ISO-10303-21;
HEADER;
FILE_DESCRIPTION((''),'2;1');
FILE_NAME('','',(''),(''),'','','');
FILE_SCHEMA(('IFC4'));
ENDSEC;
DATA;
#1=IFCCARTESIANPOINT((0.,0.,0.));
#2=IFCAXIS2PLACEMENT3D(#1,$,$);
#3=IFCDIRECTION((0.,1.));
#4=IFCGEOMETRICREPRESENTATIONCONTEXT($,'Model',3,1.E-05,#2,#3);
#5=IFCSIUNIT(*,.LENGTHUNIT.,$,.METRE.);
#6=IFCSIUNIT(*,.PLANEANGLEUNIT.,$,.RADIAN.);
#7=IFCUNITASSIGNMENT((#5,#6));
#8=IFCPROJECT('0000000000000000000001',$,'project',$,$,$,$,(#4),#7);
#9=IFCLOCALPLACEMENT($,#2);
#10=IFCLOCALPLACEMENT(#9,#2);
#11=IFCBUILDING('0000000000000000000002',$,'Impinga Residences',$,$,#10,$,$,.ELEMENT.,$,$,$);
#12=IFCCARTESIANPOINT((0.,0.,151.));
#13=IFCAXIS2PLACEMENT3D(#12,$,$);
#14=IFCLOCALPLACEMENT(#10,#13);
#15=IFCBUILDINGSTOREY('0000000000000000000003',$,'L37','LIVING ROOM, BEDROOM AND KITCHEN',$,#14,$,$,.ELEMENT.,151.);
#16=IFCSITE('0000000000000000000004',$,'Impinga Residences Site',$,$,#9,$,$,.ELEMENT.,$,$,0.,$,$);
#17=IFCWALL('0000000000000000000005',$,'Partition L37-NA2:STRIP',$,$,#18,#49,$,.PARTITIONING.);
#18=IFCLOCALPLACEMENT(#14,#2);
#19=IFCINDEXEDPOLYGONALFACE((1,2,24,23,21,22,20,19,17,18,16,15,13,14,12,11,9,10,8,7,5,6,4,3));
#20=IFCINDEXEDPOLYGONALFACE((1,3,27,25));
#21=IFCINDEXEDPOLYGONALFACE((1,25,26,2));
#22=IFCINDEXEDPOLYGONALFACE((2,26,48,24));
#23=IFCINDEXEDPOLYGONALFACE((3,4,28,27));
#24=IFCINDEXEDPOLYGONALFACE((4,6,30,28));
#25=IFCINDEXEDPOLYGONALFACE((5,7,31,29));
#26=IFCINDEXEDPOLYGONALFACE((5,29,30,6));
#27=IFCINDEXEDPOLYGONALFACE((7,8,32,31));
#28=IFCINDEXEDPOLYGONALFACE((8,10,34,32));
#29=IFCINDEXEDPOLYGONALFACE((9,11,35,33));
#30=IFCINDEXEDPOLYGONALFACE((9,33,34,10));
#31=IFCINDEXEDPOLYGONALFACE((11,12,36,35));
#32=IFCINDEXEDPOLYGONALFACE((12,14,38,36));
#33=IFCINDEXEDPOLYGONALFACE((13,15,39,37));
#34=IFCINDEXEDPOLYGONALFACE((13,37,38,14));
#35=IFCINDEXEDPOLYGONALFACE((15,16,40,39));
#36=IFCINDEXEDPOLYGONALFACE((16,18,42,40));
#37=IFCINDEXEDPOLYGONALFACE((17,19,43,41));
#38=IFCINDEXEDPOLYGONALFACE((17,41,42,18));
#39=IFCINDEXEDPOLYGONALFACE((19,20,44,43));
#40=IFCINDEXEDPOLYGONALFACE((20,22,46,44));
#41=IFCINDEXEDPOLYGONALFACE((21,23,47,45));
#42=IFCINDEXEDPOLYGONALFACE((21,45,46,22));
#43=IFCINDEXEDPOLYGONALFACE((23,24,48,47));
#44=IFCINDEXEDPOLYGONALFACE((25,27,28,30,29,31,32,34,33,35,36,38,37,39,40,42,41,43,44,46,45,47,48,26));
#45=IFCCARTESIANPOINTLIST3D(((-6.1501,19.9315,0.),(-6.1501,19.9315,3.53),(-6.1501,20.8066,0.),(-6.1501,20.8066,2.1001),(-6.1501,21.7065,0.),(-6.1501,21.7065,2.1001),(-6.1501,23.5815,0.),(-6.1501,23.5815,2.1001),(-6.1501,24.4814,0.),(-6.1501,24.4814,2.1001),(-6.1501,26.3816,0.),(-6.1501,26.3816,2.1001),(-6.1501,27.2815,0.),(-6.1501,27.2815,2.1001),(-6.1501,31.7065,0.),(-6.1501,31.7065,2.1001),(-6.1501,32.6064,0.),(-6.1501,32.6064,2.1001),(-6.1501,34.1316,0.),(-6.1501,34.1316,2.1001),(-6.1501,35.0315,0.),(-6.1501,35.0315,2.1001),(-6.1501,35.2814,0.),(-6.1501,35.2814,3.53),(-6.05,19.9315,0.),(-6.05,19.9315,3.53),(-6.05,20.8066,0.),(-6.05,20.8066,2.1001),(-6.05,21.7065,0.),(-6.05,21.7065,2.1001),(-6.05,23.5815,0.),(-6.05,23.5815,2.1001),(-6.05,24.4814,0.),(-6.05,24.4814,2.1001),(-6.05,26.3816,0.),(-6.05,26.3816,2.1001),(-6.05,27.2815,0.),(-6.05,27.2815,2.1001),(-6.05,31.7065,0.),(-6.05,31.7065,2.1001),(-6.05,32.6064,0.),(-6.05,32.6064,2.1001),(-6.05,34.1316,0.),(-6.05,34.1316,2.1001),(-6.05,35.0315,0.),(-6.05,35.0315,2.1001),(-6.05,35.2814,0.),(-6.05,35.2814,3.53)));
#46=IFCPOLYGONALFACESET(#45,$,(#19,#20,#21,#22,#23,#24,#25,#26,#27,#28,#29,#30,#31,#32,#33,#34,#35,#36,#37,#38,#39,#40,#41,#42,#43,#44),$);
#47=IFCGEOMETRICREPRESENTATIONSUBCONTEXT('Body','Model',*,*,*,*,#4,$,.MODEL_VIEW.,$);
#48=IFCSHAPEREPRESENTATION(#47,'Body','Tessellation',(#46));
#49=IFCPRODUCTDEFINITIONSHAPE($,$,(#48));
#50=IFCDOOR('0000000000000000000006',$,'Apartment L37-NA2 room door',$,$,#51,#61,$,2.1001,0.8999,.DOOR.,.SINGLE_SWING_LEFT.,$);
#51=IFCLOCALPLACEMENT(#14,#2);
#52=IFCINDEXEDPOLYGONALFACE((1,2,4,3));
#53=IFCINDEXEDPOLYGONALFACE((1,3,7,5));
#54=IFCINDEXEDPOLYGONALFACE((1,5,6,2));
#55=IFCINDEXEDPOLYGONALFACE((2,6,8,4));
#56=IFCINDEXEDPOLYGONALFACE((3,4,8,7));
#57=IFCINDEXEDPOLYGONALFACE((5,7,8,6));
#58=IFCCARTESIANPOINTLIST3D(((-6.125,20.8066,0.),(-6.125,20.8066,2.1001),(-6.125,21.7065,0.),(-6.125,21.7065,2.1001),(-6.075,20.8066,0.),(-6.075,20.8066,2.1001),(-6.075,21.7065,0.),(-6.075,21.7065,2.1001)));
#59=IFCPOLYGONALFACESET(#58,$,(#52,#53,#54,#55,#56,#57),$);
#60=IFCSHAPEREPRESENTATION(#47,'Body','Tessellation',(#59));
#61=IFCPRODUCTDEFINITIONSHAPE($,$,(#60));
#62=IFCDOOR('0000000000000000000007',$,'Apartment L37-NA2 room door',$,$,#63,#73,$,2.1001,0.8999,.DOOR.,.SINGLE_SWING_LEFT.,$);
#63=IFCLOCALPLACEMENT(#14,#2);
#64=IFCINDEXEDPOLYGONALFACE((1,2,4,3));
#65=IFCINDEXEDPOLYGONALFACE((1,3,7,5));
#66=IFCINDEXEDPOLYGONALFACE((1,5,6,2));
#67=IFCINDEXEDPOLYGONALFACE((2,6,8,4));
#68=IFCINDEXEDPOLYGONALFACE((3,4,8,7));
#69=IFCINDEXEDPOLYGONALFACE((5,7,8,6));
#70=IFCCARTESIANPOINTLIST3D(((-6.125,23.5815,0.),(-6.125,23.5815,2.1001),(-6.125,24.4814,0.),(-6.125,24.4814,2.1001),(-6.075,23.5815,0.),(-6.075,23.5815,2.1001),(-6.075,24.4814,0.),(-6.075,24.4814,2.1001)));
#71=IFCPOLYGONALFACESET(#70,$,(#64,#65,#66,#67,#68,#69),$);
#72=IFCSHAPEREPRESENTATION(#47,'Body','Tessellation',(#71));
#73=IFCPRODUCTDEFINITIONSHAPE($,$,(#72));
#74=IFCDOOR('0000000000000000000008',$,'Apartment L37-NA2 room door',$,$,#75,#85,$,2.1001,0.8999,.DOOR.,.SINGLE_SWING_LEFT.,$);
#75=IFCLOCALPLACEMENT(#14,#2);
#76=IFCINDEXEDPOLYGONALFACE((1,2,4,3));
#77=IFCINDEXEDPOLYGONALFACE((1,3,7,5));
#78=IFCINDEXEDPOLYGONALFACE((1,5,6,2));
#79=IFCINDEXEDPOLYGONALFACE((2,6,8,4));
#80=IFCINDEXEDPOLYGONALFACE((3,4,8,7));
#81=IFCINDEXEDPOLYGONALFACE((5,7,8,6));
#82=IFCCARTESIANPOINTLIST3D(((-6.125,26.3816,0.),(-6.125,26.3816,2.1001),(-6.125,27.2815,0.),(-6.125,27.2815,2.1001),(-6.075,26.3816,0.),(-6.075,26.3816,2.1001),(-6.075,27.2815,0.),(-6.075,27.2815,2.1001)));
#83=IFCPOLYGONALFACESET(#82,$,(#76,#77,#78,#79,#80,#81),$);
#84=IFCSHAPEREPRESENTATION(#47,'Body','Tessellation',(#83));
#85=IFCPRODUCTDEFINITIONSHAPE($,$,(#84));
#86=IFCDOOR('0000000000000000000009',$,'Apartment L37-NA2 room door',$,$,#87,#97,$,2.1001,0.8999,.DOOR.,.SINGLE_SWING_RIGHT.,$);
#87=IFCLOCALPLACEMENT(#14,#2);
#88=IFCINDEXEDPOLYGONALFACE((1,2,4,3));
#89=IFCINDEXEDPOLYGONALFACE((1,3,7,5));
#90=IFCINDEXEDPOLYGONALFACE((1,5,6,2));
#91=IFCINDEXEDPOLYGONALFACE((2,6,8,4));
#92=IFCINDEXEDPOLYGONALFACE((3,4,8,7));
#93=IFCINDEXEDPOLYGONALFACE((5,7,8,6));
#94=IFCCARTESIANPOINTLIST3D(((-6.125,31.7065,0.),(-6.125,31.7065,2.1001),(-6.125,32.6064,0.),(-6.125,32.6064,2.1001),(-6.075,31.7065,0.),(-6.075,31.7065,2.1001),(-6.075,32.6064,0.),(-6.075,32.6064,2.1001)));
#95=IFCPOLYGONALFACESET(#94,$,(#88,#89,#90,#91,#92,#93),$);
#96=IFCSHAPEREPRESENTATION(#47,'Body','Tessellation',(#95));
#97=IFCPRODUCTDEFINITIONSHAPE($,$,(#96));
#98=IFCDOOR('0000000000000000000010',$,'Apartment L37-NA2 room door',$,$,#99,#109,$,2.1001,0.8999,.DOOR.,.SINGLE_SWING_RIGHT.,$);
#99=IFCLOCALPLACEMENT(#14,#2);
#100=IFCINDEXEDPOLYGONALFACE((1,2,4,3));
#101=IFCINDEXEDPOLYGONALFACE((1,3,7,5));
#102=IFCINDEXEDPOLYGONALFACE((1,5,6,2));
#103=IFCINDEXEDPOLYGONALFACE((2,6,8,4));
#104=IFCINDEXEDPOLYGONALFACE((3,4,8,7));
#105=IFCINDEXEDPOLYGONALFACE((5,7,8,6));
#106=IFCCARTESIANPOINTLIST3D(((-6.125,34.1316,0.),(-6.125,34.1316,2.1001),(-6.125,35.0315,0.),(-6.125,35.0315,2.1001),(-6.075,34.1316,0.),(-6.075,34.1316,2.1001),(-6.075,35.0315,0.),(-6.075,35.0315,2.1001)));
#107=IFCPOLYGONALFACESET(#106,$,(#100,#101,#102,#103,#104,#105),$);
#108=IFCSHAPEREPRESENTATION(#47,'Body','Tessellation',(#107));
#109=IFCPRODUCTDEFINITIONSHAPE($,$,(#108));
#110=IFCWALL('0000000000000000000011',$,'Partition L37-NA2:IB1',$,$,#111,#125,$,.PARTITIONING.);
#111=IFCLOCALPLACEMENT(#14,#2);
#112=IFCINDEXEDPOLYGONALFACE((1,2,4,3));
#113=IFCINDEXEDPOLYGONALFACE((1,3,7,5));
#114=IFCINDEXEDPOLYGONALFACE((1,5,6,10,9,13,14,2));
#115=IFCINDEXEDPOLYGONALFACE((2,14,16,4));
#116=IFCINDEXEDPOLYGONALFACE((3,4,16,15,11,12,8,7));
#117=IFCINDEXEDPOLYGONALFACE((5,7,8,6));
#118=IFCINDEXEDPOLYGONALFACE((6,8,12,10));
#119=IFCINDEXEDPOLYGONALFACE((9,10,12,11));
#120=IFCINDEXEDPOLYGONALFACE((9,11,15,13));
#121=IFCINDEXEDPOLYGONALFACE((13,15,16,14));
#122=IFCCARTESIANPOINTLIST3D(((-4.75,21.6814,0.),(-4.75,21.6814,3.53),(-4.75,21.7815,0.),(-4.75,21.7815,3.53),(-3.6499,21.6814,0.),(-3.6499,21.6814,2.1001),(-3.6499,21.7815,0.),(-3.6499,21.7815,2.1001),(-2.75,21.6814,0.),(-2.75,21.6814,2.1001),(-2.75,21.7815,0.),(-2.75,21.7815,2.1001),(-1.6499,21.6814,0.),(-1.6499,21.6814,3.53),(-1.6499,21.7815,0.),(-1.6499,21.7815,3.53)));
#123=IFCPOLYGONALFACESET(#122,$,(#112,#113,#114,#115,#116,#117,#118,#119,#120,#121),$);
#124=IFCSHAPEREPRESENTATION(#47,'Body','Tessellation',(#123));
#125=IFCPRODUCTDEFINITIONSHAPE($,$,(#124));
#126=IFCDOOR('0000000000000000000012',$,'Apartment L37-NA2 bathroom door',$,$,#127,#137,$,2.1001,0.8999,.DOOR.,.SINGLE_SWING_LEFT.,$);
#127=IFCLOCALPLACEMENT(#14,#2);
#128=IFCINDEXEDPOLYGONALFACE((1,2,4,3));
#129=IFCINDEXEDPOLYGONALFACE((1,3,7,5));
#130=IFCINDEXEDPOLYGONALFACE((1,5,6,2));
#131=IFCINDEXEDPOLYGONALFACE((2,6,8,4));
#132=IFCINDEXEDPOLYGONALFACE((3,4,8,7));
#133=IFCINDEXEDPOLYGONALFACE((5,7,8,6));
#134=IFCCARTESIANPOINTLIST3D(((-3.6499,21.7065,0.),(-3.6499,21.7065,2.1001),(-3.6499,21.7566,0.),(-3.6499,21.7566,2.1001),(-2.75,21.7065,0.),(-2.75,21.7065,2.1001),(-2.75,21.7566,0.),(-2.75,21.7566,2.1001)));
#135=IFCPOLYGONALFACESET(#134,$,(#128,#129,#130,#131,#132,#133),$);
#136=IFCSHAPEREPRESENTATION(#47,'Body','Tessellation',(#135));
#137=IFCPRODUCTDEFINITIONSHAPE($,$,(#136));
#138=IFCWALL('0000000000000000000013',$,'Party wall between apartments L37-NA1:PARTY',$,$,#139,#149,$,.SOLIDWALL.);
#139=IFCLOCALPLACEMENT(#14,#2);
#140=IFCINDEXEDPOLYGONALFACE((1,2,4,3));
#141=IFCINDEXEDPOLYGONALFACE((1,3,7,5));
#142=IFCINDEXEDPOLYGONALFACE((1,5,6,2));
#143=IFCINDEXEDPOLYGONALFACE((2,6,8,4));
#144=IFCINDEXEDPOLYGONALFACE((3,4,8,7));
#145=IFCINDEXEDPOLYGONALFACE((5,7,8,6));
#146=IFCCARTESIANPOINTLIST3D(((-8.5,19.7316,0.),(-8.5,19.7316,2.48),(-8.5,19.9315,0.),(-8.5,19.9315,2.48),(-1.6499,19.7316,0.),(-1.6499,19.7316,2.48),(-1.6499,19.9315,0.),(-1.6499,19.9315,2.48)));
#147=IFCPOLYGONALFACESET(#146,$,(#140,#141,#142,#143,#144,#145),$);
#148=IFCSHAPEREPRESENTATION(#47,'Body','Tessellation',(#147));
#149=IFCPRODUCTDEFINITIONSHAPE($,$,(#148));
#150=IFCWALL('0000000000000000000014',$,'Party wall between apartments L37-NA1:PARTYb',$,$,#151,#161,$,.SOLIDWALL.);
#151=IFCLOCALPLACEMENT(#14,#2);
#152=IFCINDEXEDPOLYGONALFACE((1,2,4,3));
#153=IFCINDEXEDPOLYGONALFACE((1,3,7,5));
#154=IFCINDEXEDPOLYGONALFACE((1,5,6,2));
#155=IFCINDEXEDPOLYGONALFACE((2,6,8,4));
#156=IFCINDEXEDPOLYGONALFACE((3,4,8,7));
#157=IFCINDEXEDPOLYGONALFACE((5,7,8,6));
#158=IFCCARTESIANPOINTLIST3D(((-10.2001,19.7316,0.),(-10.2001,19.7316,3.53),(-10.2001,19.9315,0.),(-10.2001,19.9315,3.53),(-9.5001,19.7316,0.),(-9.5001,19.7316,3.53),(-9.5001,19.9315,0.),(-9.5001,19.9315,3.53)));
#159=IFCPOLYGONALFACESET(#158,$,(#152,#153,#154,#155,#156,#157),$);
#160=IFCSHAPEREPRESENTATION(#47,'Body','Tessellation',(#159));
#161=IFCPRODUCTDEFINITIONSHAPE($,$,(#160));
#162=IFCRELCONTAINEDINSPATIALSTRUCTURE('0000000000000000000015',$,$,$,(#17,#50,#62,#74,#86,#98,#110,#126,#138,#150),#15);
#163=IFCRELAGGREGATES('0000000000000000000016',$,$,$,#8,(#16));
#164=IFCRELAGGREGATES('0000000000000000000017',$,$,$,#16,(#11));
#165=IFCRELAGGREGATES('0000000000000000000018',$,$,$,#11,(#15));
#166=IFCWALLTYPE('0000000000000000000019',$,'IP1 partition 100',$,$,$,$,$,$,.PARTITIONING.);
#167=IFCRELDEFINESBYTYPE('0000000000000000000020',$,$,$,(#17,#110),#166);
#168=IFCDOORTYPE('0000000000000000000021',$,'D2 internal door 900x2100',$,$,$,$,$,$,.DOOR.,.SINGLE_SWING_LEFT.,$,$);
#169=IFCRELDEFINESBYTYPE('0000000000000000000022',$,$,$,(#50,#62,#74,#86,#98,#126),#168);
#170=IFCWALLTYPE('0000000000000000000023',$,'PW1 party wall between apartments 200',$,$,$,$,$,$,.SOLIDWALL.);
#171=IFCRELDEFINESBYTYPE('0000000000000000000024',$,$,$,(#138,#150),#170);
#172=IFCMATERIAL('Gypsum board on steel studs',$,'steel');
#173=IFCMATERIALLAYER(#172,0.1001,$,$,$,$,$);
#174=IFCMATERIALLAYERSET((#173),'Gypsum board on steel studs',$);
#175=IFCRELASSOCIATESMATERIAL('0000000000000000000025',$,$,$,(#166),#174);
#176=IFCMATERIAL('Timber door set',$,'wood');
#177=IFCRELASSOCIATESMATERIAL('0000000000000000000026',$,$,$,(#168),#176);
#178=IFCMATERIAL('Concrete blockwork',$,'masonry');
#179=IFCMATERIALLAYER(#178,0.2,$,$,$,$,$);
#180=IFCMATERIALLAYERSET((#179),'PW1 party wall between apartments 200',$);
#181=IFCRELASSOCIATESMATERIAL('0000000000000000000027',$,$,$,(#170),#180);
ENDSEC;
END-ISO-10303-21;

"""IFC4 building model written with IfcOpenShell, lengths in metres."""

from ifc_helpers import new_model, si_unit, direction, frame, frame_2d, origin, place, context, subcontext, project, spatial, rectangle, extrude, material, layer, layer_set, type_object, element, fill, save


model = new_model("IFC4")

# Units and contexts
model_context = context("Model", 3, precision=1e-05, world=origin(), true_north=direction((0.0, 1.0)))
body_context = subcontext(model_context, "Body", "Model", "MODEL_VIEW")
ifc_project = project(units=[si_unit("LENGTHUNIT", "METRE"), si_unit("PLANEANGLEUNIT", "RADIAN")], contexts=[model_context])

# Site, building, storey
site_placement = place(None, origin())
site = spatial("IfcSite", under=ifc_project, at=site_placement, Name="Impinga Residences Site", CompositionType="ELEMENT", RefElevation=0.0)
building_placement = place(site_placement, origin())
building = spatial("IfcBuilding", under=site, at=building_placement, Name="Impinga Residences", CompositionType="ELEMENT")
storey_placement = place(building_placement, frame((0.0, 0.0, 151.0)))
storey = spatial("IfcBuildingStorey", under=building, at=storey_placement, Name="L37", Description="LIVING ROOM, BEDROOM AND KITCHEN", CompositionType="ELEMENT", Elevation=151.0)

# Shared definitions
ifc_material_1 = material(Name="Gypsum board on steel studs", Category="steel")
ifc_layer_1 = layer(ifc_material_1, 0.1001)
ifc_layer_set_1 = layer_set([ifc_layer_1], Name="Gypsum board on steel studs")
wall_type_1 = type_object("IfcWallType", Name="IP1 partition 100", PredefinedType="PARTITIONING", material=ifc_layer_set_1)

# Shared definitions
ifc_material_2 = material(Name="Timber door set", Category="wood")
door_type = type_object("IfcDoorType", Name="D2 internal door 900x2100", OperationType="SINGLE_SWING_LEFT", PredefinedType="DOOR", material=ifc_material_2)

# Wall, openings, doors
wall_1_placement = place(storey_placement, frame((-6.1001, 19.9316, 0.0), z_axis=(0.0, 0.0, 1.0), x_axis=(0.0, 1.0, 0.0)))
wall_1 = element("IfcWall", 1, at=wall_1_placement, inside=storey, type_object=wall_type_1, Name="Partition L37-NA2:STRIP", PredefinedType="PARTITIONING", context=body_context, shape_type="SweptSolid", body=[
    extrude(rectangle(XDim=15.3499, YDim=0.1001, at=frame_2d((7.6748, 0.0))), origin(), (0.0, 0.0, 1.0), 3.53),
])
opening_1_placement = place(wall_1_placement, frame((0.875, 0.0, 0.0)))
opening_1 = element("IfcOpeningElement", 2, at=opening_1_placement, cuts=wall_1, PredefinedType="OPENING", context=body_context, shape_type="SweptSolid", body=[
    extrude(rectangle(XDim=0.8999, YDim=2.1001, at=frame_2d((0.45, 1.05))), frame((0.0, 0.0601, 0.0), z_axis=(0.0, -1.0, 0.0), x_axis=(1.0, 0.0, 0.0)), (0.0, 0.0, 1.0), 0.1201),
])
opening_2_placement = place(wall_1_placement, frame((3.6499, 0.0, 0.0)))
opening_2 = element("IfcOpeningElement", 3, at=opening_2_placement, cuts=wall_1, PredefinedType="OPENING", context=body_context, shape_type="SweptSolid", body=[
    extrude(rectangle(XDim=0.8999, YDim=2.1001, at=frame_2d((0.45, 1.05))), frame((0.0, 0.0601, 0.0), z_axis=(0.0, -1.0, 0.0), x_axis=(1.0, 0.0, 0.0)), (0.0, 0.0, 1.0), 0.1201),
])
opening_3_placement = place(wall_1_placement, frame((6.45, 0.0, 0.0)))
opening_3 = element("IfcOpeningElement", 4, at=opening_3_placement, cuts=wall_1, PredefinedType="OPENING", context=body_context, shape_type="SweptSolid", body=[
    extrude(rectangle(XDim=0.8999, YDim=2.1001, at=frame_2d((0.45, 1.05))), frame((0.0, 0.0601, 0.0), z_axis=(0.0, -1.0, 0.0), x_axis=(1.0, 0.0, 0.0)), (0.0, 0.0, 1.0), 0.1201),
])
opening_4_placement = place(wall_1_placement, frame((11.7749, 0.0, 0.0)))
opening_4 = element("IfcOpeningElement", 5, at=opening_4_placement, cuts=wall_1, PredefinedType="OPENING", context=body_context, shape_type="SweptSolid", body=[
    extrude(rectangle(XDim=0.8999, YDim=2.1001, at=frame_2d((0.45, 1.05))), frame((0.0, 0.0601, 0.0), z_axis=(0.0, -1.0, 0.0), x_axis=(1.0, 0.0, 0.0)), (0.0, 0.0, 1.0), 0.1201),
])
opening_5_placement = place(wall_1_placement, frame((14.2, 0.0, 0.0)))
opening_5 = element("IfcOpeningElement", 6, at=opening_5_placement, cuts=wall_1, PredefinedType="OPENING", context=body_context, shape_type="SweptSolid", body=[
    extrude(rectangle(XDim=0.8999, YDim=2.1001, at=frame_2d((0.45, 1.05))), frame((0.0, 0.0601, 0.0), z_axis=(0.0, -1.0, 0.0), x_axis=(1.0, 0.0, 0.0)), (0.0, 0.0, 1.0), 0.1201),
])
door_1_placement = place(opening_1_placement, origin())
door_1 = element("IfcDoor", 7, at=door_1_placement, inside=storey, type_object=door_type, Name="Apartment L37-NA2 room door", OperationType="SINGLE_SWING_LEFT", OverallHeight=2.1001, OverallWidth=0.8999, PredefinedType="DOOR", context=body_context, shape_type="SweptSolid", body=[
    extrude(rectangle(XDim=0.8999, YDim=2.1001, at=frame_2d((0.45, 1.05))), frame((0.0, 0.0249, 0.0), z_axis=(0.0, -1.0, 0.0), x_axis=(1.0, 0.0, 0.0)), (0.0, 0.0, 1.0), 0.05),
])
fill(opening_1, door_1)
door_2_placement = place(opening_2_placement, origin())
door_2 = element("IfcDoor", 8, at=door_2_placement, inside=storey, type_object=door_type, Name="Apartment L37-NA2 room door", OperationType="SINGLE_SWING_LEFT", OverallHeight=2.1001, OverallWidth=0.8999, PredefinedType="DOOR", context=body_context, shape_type="SweptSolid", body=[
    extrude(rectangle(XDim=0.8999, YDim=2.1001, at=frame_2d((0.45, 1.05))), frame((0.0, 0.0249, 0.0), z_axis=(0.0, -1.0, 0.0), x_axis=(1.0, 0.0, 0.0)), (0.0, 0.0, 1.0), 0.05),
])
fill(opening_2, door_2)
door_3_placement = place(opening_3_placement, origin())
door_3 = element("IfcDoor", 9, at=door_3_placement, inside=storey, type_object=door_type, Name="Apartment L37-NA2 room door", OperationType="SINGLE_SWING_LEFT", OverallHeight=2.1001, OverallWidth=0.8999, PredefinedType="DOOR", context=body_context, shape_type="SweptSolid", body=[
    extrude(rectangle(XDim=0.8999, YDim=2.1001, at=frame_2d((0.45, 1.05))), frame((0.0, 0.0249, 0.0), z_axis=(0.0, -1.0, 0.0), x_axis=(1.0, 0.0, 0.0)), (0.0, 0.0, 1.0), 0.05),
])
fill(opening_3, door_3)
door_4_placement = place(opening_4_placement, origin())
door_4 = element("IfcDoor", 10, at=door_4_placement, inside=storey, type_object=door_type, Name="Apartment L37-NA2 room door", OperationType="SINGLE_SWING_RIGHT", OverallHeight=2.1001, OverallWidth=0.8999, PredefinedType="DOOR", context=body_context, shape_type="SweptSolid", body=[
    extrude(rectangle(XDim=0.8999, YDim=2.1001, at=frame_2d((0.45, 1.05))), frame((0.0, 0.0249, 0.0), z_axis=(0.0, -1.0, 0.0), x_axis=(1.0, 0.0, 0.0)), (0.0, 0.0, 1.0), 0.05),
])
fill(opening_4, door_4)
door_5_placement = place(opening_5_placement, origin())
door_5 = element("IfcDoor", 11, at=door_5_placement, inside=storey, type_object=door_type, Name="Apartment L37-NA2 room door", OperationType="SINGLE_SWING_RIGHT", OverallHeight=2.1001, OverallWidth=0.8999, PredefinedType="DOOR", context=body_context, shape_type="SweptSolid", body=[
    extrude(rectangle(XDim=0.8999, YDim=2.1001, at=frame_2d((0.45, 1.05))), frame((0.0, 0.0249, 0.0), z_axis=(0.0, -1.0, 0.0), x_axis=(1.0, 0.0, 0.0)), (0.0, 0.0, 1.0), 0.05),
])
fill(opening_5, door_5)

# Wall, opening, door
wall_2_placement = place(storey_placement, frame((-1.6499, 21.7314, 0.0), z_axis=(0.0, 0.0, 1.0), x_axis=(-1.0, 0.0, 0.0)))
wall_2 = element("IfcWall", 12, at=wall_2_placement, inside=storey, type_object=wall_type_1, Name="Partition L37-NA2:IB1", PredefinedType="PARTITIONING", context=body_context, shape_type="SweptSolid", body=[
    extrude(rectangle(XDim=3.1001, YDim=0.1001, at=frame_2d((1.55, 0.0))), origin(), (0.0, 0.0, 1.0), 3.53),
])
opening_6_placement = place(wall_2_placement, frame((1.1001, 0.0, 0.0)))
opening_6 = element("IfcOpeningElement", 13, at=opening_6_placement, cuts=wall_2, PredefinedType="OPENING", context=body_context, shape_type="SweptSolid", body=[
    extrude(rectangle(XDim=0.8999, YDim=2.1001, at=frame_2d((0.45, 1.05))), frame((0.0, 0.0601, 0.0), z_axis=(0.0, -1.0, 0.0), x_axis=(1.0, 0.0, 0.0)), (0.0, 0.0, 1.0), 0.1201),
])
door_6_placement = place(opening_6_placement, origin())
door_6 = element("IfcDoor", 14, at=door_6_placement, inside=storey, type_object=door_type, Name="Apartment L37-NA2 bathroom door", OperationType="SINGLE_SWING_LEFT", OverallHeight=2.1001, OverallWidth=0.8999, PredefinedType="DOOR", context=body_context, shape_type="SweptSolid", body=[
    extrude(rectangle(XDim=0.8999, YDim=2.1001, at=frame_2d((0.45, 1.05))), frame((0.0, 0.0249, 0.0), z_axis=(0.0, -1.0, 0.0), x_axis=(1.0, 0.0, 0.0)), (0.0, 0.0, 1.0), 0.05),
])
fill(opening_6, door_6)

# Walls
ifc_material_3 = material(Name="Concrete blockwork", Category="masonry")
ifc_layer_2 = layer(ifc_material_3, 0.2)
ifc_layer_set_2 = layer_set([ifc_layer_2], Name="PW1 party wall between apartments 200")
wall_type_2 = type_object("IfcWallType", Name="PW1 party wall between apartments 200", PredefinedType="SOLIDWALL", material=ifc_layer_set_2)
wall_3_placement = place(storey_placement, frame((-1.6499, 19.8315, 0.0), z_axis=(0.0, 0.0, 1.0), x_axis=(-1.0, 0.0, 0.0)))
element("IfcWall", 15, at=wall_3_placement, inside=storey, type_object=wall_type_2, Name="Party wall between apartments L37-NA1:PARTY", PredefinedType="SOLIDWALL", context=body_context, shape_type="SweptSolid", body=[
    extrude(rectangle(XDim=6.8501, YDim=0.2, at=frame_2d((3.425, 0.0))), origin(), (0.0, 0.0, 1.0), 2.48),
])
wall_4_placement = place(storey_placement, frame((-9.5, 19.8315, 0.0), z_axis=(0.0, 0.0, 1.0), x_axis=(-1.0, 0.0, 0.0)))
element("IfcWall", 16, at=wall_4_placement, inside=storey, type_object=wall_type_2, Name="Party wall between apartments L37-NA1:PARTYb", PredefinedType="SOLIDWALL", context=body_context, shape_type="SweptSolid", body=[
    extrude(rectangle(XDim=0.7, YDim=0.2, at=frame_2d((0.3501, 0.0))), origin(), (0.0, 0.0, 1.0), 3.53),
])

save(model, "model.ifc")
